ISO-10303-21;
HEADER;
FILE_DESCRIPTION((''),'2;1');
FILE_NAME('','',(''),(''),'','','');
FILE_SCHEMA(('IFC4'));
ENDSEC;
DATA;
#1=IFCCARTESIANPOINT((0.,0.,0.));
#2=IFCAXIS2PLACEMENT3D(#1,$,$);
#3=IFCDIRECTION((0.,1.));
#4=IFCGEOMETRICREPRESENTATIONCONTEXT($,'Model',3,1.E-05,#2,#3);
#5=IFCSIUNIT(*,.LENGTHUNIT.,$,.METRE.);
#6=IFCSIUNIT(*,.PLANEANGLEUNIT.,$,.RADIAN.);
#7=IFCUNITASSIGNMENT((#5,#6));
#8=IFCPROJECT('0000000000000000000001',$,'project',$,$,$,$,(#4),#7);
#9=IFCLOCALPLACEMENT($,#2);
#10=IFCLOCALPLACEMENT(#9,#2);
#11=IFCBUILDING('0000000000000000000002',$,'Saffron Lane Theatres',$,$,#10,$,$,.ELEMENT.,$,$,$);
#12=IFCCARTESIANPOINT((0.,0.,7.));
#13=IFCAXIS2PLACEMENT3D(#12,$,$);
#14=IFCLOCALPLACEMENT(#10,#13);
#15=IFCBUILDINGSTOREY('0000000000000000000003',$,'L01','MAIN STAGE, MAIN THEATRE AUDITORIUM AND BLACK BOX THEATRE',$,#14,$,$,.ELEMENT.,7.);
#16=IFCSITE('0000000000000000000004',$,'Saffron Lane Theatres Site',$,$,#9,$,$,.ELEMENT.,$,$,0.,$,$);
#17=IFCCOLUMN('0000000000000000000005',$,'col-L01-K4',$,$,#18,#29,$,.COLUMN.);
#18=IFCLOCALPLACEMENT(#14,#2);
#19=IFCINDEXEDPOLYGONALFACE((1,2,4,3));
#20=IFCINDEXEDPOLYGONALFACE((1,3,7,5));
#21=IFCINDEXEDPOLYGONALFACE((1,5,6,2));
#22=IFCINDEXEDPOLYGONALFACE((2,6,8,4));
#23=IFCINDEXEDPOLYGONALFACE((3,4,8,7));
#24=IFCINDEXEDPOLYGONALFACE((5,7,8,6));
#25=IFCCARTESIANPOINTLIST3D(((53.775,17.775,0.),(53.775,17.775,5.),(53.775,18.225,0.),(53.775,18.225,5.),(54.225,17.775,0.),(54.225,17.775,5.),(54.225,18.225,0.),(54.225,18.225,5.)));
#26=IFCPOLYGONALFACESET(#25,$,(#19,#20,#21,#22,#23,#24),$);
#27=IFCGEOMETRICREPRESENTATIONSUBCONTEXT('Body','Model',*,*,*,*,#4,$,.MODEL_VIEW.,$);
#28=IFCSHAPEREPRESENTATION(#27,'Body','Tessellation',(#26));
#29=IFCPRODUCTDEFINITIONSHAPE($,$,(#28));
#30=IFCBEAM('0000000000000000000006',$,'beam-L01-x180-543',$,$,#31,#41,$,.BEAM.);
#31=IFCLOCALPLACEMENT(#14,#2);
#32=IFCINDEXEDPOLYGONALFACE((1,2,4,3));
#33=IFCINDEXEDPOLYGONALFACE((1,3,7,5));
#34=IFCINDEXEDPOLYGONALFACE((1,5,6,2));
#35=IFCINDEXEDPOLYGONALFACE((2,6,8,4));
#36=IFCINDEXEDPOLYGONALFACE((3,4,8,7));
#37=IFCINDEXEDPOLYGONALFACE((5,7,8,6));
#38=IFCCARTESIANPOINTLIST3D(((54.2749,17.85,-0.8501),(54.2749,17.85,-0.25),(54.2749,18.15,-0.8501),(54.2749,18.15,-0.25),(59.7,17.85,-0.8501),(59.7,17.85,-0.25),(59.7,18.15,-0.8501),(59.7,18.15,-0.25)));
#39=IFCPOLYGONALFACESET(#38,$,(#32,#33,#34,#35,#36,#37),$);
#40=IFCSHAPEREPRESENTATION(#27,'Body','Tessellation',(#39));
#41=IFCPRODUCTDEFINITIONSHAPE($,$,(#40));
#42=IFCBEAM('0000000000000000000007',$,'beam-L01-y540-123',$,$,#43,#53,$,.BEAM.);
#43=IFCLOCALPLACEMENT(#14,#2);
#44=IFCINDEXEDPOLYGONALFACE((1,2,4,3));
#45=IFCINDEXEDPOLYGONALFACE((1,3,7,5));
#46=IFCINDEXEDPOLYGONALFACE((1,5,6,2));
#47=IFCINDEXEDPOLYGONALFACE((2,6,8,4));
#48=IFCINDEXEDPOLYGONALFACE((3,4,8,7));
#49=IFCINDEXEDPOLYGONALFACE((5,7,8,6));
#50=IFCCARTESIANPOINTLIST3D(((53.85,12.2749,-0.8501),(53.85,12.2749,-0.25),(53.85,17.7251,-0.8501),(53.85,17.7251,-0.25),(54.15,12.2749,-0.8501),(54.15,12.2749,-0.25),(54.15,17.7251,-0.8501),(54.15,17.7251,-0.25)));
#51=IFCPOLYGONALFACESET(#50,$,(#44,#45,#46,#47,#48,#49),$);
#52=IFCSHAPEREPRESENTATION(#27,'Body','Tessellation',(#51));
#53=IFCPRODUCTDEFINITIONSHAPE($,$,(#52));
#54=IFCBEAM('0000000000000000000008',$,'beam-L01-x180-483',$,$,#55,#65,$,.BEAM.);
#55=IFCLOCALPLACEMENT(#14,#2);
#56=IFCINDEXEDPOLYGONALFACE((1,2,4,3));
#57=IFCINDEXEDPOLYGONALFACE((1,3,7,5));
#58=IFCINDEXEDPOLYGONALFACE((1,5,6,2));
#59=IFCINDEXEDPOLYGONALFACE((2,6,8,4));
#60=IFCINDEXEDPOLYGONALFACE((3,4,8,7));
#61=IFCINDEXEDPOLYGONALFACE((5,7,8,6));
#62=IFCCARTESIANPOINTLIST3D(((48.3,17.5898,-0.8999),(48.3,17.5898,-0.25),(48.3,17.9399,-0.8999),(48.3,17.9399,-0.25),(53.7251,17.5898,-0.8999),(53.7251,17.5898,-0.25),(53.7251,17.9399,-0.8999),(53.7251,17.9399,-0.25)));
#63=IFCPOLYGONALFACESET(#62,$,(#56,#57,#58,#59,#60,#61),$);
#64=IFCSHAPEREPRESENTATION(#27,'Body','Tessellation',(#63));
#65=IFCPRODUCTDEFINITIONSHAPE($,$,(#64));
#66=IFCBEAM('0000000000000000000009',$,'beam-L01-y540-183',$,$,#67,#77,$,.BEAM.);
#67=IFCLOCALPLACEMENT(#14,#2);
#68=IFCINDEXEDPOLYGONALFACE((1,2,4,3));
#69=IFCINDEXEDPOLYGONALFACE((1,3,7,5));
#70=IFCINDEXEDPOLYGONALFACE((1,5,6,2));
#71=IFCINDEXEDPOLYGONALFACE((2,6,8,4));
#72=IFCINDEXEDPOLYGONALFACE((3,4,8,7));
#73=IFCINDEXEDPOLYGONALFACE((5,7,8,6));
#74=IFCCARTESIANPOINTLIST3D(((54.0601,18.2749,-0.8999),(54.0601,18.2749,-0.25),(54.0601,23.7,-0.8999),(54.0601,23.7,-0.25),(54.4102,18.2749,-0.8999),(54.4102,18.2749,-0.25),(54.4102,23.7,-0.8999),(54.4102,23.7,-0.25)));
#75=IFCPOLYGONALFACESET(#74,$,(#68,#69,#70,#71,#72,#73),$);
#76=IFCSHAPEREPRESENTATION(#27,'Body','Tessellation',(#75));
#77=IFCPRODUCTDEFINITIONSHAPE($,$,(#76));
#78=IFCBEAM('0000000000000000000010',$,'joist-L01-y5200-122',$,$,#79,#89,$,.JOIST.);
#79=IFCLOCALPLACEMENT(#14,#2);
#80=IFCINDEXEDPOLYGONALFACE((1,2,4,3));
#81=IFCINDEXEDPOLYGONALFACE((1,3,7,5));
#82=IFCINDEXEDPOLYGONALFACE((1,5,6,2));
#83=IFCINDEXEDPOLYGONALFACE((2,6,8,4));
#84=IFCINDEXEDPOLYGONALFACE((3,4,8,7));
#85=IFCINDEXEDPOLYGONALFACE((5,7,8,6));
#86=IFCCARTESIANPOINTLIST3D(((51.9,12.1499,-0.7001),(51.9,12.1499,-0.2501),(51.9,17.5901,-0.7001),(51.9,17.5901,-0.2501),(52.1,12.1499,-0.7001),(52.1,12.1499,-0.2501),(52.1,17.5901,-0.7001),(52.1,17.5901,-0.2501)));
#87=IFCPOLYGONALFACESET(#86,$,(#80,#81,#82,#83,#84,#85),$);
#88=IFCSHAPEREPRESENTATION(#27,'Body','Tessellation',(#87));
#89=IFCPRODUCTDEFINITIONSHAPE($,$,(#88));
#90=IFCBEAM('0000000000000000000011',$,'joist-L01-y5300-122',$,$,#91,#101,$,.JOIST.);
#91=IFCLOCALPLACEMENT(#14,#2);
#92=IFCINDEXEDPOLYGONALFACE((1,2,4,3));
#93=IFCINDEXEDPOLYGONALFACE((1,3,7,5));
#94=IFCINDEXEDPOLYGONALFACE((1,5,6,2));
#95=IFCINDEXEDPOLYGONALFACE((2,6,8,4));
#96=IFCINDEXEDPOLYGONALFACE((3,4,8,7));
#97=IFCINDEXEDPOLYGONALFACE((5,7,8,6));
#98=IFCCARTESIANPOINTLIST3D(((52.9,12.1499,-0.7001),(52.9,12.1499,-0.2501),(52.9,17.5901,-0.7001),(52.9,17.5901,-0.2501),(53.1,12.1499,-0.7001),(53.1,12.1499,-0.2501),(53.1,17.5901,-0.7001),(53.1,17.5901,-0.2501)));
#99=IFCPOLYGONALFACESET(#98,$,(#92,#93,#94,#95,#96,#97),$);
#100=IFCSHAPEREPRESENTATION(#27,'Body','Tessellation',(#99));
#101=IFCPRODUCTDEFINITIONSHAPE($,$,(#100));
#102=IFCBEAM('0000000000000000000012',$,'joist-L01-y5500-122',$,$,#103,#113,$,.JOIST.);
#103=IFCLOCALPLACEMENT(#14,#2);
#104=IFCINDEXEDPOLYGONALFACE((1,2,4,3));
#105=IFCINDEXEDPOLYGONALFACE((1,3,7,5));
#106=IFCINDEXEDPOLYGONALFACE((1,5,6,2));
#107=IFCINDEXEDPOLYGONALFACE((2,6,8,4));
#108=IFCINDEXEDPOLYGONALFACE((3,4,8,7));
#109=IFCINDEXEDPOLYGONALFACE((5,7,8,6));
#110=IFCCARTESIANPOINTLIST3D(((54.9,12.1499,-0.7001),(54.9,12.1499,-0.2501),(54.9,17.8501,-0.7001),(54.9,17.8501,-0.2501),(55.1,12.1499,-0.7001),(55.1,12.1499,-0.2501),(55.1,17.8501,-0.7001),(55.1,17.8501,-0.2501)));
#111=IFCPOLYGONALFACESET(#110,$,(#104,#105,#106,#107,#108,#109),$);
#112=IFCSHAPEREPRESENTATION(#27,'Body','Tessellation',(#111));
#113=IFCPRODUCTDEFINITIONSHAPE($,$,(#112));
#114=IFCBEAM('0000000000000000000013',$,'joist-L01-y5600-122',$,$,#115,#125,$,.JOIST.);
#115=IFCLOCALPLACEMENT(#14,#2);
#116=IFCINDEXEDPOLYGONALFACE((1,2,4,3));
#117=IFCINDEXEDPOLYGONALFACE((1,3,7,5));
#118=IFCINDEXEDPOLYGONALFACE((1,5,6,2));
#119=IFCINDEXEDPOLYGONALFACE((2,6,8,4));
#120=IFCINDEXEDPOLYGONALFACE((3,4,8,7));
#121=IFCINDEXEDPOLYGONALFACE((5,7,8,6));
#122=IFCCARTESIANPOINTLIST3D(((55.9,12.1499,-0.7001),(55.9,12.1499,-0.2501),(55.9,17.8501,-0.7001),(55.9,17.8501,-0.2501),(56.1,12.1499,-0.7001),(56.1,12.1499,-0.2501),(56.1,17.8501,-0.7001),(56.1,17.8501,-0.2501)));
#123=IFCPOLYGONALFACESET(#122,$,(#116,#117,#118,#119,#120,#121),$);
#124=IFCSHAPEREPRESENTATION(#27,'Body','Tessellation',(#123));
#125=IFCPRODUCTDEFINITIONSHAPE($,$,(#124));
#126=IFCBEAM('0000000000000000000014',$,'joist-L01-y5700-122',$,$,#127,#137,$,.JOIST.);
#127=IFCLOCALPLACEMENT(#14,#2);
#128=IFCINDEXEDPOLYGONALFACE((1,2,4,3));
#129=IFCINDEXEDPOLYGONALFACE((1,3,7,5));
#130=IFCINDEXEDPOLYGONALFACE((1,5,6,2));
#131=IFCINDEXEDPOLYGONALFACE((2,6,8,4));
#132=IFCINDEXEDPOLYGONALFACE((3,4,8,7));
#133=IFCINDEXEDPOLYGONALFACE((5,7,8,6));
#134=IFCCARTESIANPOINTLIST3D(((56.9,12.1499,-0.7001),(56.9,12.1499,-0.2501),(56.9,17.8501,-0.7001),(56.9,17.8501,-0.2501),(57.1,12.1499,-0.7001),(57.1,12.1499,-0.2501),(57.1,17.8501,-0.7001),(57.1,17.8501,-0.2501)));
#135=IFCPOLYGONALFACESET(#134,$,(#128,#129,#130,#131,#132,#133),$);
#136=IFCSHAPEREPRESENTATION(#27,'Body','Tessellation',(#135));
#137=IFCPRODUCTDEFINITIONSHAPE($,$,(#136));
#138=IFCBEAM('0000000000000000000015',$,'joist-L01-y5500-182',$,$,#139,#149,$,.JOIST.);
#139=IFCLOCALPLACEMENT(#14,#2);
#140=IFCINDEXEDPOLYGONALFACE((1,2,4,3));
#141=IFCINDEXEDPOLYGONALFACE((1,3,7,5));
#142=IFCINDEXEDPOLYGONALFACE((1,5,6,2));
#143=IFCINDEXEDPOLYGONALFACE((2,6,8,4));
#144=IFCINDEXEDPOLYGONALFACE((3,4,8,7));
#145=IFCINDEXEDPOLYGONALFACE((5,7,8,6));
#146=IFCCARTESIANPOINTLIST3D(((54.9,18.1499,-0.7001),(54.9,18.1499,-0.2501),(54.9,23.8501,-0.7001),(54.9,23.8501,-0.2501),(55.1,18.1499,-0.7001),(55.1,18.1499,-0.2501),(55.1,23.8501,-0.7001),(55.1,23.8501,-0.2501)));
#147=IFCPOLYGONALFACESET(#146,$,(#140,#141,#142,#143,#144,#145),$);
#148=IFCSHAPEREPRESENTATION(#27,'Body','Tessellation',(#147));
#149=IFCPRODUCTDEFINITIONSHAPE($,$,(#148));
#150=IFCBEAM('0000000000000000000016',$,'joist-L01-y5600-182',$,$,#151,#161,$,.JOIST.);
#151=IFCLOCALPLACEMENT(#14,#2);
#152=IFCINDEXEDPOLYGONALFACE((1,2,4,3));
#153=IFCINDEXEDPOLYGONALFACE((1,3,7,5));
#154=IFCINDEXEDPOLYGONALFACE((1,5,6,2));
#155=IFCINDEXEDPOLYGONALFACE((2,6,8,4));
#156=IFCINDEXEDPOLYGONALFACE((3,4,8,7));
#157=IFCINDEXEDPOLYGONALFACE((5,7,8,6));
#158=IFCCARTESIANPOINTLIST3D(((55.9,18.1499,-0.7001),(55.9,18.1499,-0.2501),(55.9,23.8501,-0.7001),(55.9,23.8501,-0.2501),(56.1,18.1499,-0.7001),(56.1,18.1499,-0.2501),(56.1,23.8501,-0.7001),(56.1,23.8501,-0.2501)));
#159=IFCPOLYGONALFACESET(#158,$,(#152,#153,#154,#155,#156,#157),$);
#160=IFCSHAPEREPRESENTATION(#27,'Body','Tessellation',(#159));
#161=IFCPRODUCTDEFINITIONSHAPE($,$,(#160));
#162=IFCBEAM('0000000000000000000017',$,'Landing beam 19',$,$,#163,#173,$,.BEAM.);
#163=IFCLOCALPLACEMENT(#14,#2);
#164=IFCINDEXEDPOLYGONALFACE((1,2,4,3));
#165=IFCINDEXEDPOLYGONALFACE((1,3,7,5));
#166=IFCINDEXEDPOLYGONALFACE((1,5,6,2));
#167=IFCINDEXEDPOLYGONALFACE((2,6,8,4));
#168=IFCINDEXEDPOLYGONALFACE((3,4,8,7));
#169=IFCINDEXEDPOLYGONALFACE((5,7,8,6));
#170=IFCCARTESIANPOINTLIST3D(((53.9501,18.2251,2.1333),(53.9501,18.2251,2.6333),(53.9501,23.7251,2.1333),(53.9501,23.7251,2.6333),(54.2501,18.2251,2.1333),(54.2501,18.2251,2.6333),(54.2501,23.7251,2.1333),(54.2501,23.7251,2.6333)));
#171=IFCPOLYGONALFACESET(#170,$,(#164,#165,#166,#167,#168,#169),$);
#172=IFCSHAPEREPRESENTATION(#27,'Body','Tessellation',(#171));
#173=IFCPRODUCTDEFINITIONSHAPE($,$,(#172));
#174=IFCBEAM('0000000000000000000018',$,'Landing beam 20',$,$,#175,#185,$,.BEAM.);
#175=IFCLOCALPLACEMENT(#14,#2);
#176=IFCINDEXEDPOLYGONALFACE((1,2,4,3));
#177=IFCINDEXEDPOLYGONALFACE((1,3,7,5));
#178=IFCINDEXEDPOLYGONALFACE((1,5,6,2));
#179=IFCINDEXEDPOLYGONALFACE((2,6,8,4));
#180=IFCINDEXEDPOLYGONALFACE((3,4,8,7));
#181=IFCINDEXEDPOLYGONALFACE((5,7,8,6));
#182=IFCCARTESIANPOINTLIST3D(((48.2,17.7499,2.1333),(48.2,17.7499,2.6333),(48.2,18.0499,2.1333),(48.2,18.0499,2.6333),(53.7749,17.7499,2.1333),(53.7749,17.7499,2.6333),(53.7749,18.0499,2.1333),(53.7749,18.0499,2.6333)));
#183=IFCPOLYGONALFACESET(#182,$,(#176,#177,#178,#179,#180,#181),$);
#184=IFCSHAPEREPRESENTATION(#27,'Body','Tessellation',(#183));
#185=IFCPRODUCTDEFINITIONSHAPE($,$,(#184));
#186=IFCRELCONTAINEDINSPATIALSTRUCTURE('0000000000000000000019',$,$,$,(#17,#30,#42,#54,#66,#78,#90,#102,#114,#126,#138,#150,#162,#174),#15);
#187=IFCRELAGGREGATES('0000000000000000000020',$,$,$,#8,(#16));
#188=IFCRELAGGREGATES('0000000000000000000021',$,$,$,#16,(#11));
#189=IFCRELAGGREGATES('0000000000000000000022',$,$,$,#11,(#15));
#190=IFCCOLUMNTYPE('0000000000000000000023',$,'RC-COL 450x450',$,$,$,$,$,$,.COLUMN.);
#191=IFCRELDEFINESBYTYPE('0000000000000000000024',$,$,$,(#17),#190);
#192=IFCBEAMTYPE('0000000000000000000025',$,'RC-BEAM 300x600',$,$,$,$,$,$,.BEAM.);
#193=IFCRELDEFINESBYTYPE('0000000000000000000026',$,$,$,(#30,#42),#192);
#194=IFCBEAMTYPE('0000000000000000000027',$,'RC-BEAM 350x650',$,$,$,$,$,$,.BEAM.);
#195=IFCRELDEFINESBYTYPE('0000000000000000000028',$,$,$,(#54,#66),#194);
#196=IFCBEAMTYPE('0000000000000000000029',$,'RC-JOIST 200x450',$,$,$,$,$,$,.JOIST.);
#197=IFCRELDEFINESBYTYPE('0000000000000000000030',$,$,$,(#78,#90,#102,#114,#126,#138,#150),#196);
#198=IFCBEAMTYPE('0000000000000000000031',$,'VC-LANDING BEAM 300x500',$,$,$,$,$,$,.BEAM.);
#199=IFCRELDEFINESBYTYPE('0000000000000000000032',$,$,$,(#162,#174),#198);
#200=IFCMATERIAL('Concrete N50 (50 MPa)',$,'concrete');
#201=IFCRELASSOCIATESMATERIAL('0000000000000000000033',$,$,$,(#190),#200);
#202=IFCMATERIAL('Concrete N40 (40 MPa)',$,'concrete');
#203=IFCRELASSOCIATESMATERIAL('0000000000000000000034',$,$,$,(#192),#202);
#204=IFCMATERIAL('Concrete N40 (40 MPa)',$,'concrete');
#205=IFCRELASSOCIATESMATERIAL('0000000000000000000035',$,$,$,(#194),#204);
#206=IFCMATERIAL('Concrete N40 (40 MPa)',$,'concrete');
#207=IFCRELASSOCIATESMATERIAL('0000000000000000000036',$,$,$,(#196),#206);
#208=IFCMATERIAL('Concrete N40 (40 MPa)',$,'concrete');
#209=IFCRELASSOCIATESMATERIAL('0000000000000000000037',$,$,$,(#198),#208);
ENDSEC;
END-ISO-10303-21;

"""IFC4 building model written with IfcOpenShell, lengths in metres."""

from ifc_helpers import new_model, si_unit, direction, frame, origin, origin_2d, place, context, subcontext, project, spatial, rectangle, extrude, material, material_profile, profile_set, type_object, element, save


model = new_model("IFC4")

# Units and contexts
model_context = context("Model", 3, precision=1e-05, world=origin(), true_north=direction((0.0, 1.0)))
body_context = subcontext(model_context, "Body", "Model", "MODEL_VIEW")
ifc_project = project(units=[si_unit("LENGTHUNIT", "METRE"), si_unit("PLANEANGLEUNIT", "RADIAN")], contexts=[model_context])

# Site, building, storey
site_placement = place(None, origin())
site = spatial("IfcSite", under=ifc_project, at=site_placement, Name="Saffron Lane Theatres Site", CompositionType="ELEMENT", RefElevation=0.0)
building_placement = place(site_placement, origin())
building = spatial("IfcBuilding", under=site, at=building_placement, Name="Saffron Lane Theatres", CompositionType="ELEMENT")
storey_placement = place(building_placement, frame((0.0, 0.0, 7.0)))
storey = spatial("IfcBuildingStorey", under=building, at=storey_placement, Name="L01", Description="MAIN STAGE, MAIN THEATRE AUDITORIUM AND BLACK BOX THEATRE", CompositionType="ELEMENT", Elevation=7.0)

# Column
ifc_material_1 = material(Name="Concrete N50 (50 MPa)", Category="concrete")
ifc_material_profile_1 = material_profile(ifc_material_1, rectangle(XDim=0.45, YDim=0.45, at=origin_2d()))
ifc_profile_set_1 = profile_set([ifc_material_profile_1], Name="Concrete N50 (50 MPa)")
column_type = type_object("IfcColumnType", Name="RC-COL 450x450", PredefinedType="COLUMN", material=ifc_profile_set_1)
column_placement = place(storey_placement, frame((54.0, 18.0, 0.0), z_axis=(0.0, 0.0, 1.0), x_axis=(1.0, 0.0, 0.0)))
element("IfcColumn", 1, at=column_placement, inside=storey, type_object=column_type, Name="col-L01-K4", PredefinedType="COLUMN", context=body_context, shape_type="SweptSolid", body=[
    extrude(rectangle(XDim=0.45, YDim=0.45, at=origin_2d()), origin(), (0.0, 0.0, 1.0), 5.0),
])

# Beams
ifc_material_2 = material(Name="Concrete N40 (40 MPa)", Category="concrete")
ifc_material_profile_2 = material_profile(ifc_material_2, rectangle(XDim=0.3, YDim=0.6001, at=origin_2d()))
ifc_profile_set_2 = profile_set([ifc_material_profile_2], Name="Concrete N40 (40 MPa)")
beam_type_1 = type_object("IfcBeamType", Name="RC-BEAM 300x600", PredefinedType="BEAM", material=ifc_profile_set_2)
beam_1_placement = place(storey_placement, frame((54.2749, 18.0, -0.55), z_axis=(1.0, 0.0, 0.0), x_axis=(0.0, 1.0, 0.0)))
element("IfcBeam", 2, at=beam_1_placement, inside=storey, type_object=beam_type_1, Name="beam-L01-x180-543", PredefinedType="BEAM", context=body_context, shape_type="SweptSolid", body=[
    extrude(rectangle(XDim=0.3, YDim=0.6001, at=origin_2d()), origin(), (0.0, 0.0, 1.0), 5.425),
])
beam_2_placement = place(storey_placement, frame((54.0, 12.2749, -0.55), z_axis=(0.0, 1.0, 0.0), x_axis=(-1.0, 0.0, 0.0)))
element("IfcBeam", 3, at=beam_2_placement, inside=storey, type_object=beam_type_1, Name="beam-L01-y540-123", PredefinedType="BEAM", context=body_context, shape_type="SweptSolid", body=[
    extrude(rectangle(XDim=0.3, YDim=0.6001, at=origin_2d()), origin(), (0.0, 0.0, 1.0), 5.4502),
])
ifc_material_3 = material(Name="Concrete N40 (40 MPa)", Category="concrete")
ifc_material_profile_3 = material_profile(ifc_material_3, rectangle(XDim=0.3501, YDim=0.6499, at=origin_2d()))
ifc_profile_set_3 = profile_set([ifc_material_profile_3], Name="Concrete N40 (40 MPa)")
beam_type_2 = type_object("IfcBeamType", Name="RC-BEAM 350x650", PredefinedType="BEAM", material=ifc_profile_set_3)
for number, where, z_axis, x_axis, name in (
    (4, (48.3, 17.7649, -0.575), (1.0, 0.0, 0.0), (0.0, 1.0, 0.0), "beam-L01-x180-483"),
    (5, (54.2351, 18.2749, -0.575), (0.0, 1.0, 0.0), (-1.0, 0.0, 0.0), "beam-L01-y540-183"),
):
    element("IfcBeam", number, at=place(storey_placement, frame(where, z_axis=z_axis, x_axis=x_axis)), inside=storey, type_object=beam_type_2, Name=name, PredefinedType="BEAM", context=body_context, shape_type="SweptSolid", body=[
        extrude(rectangle(XDim=0.3501, YDim=0.6499, at=origin_2d()), origin(), (0.0, 0.0, 1.0), 5.425),
    ])
ifc_material_4 = material(Name="Concrete N40 (40 MPa)", Category="concrete")
ifc_material_profile_4 = material_profile(ifc_material_4, rectangle(XDim=0.2, YDim=0.45, at=origin_2d()))
ifc_profile_set_4 = profile_set([ifc_material_profile_4], Name="Concrete N40 (40 MPa)")
beam_type_3 = type_object("IfcBeamType", Name="RC-JOIST 200x450", PredefinedType="JOIST", material=ifc_profile_set_4)
for number, where, z_axis, x_axis, name in (
    (6, (52.0, 12.1499, -0.4751), (0.0, 1.0, 0.0), (-1.0, 0.0, 0.0), "joist-L01-y5200-122"),
    (7, (53.0, 12.1499, -0.4751), (0.0, 1.0, 0.0), (-1.0, 0.0, 0.0), "joist-L01-y5300-122"),
):
    element("IfcBeam", number, at=place(storey_placement, frame(where, z_axis=z_axis, x_axis=x_axis)), inside=storey, type_object=beam_type_3, Name=name, PredefinedType="JOIST", context=body_context, shape_type="SweptSolid", body=[
        extrude(rectangle(XDim=0.2, YDim=0.45, at=origin_2d()), origin(), (0.0, 0.0, 1.0), 5.4402),
    ])
for number, where, z_axis, x_axis, name in (
    (8, (55.0, 12.1499, -0.4751), (0.0, 1.0, 0.0), (-1.0, 0.0, 0.0), "joist-L01-y5500-122"),
    (9, (56.0, 12.1499, -0.4751), (0.0, 1.0, 0.0), (-1.0, 0.0, 0.0), "joist-L01-y5600-122"),
    (10, (57.0, 12.1499, -0.4751), (0.0, 1.0, 0.0), (-1.0, 0.0, 0.0), "joist-L01-y5700-122"),
    (11, (55.0, 18.1499, -0.4751), (0.0, 1.0, 0.0), (-1.0, 0.0, 0.0), "joist-L01-y5500-182"),
    (12, (56.0, 18.1499, -0.4751), (0.0, 1.0, 0.0), (-1.0, 0.0, 0.0), "joist-L01-y5600-182"),
):
    element("IfcBeam", number, at=place(storey_placement, frame(where, z_axis=z_axis, x_axis=x_axis)), inside=storey, type_object=beam_type_3, Name=name, PredefinedType="JOIST", context=body_context, shape_type="SweptSolid", body=[
        extrude(rectangle(XDim=0.2, YDim=0.45, at=origin_2d()), origin(), (0.0, 0.0, 1.0), 5.7002),
    ])
ifc_material_5 = material(Name="Concrete N40 (40 MPa)", Category="concrete")
ifc_material_profile_5 = material_profile(ifc_material_5, rectangle(XDim=0.3, YDim=0.5, at=origin_2d()))
ifc_profile_set_5 = profile_set([ifc_material_profile_5], Name="Concrete N40 (40 MPa)")
beam_type_4 = type_object("IfcBeamType", Name="VC-LANDING BEAM 300x500", PredefinedType="BEAM", material=ifc_profile_set_5)
beam_3_placement = place(storey_placement, frame((54.1001, 18.2251, 2.3833), z_axis=(0.0, 1.0, 0.0), x_axis=(-1.0, 0.0, 0.0)))
element("IfcBeam", 13, at=beam_3_placement, inside=storey, type_object=beam_type_4, Name="Landing beam 19", PredefinedType="BEAM", context=body_context, shape_type="SweptSolid", body=[
    extrude(rectangle(XDim=0.3, YDim=0.5, at=origin_2d()), origin(), (0.0, 0.0, 1.0), 5.5),
])
beam_4_placement = place(storey_placement, frame((48.2, 17.8999, 2.3833), z_axis=(1.0, 0.0, 0.0), x_axis=(0.0, 1.0, 0.0)))
element("IfcBeam", 14, at=beam_4_placement, inside=storey, type_object=beam_type_4, Name="Landing beam 20", PredefinedType="BEAM", context=body_context, shape_type="SweptSolid", body=[
    extrude(rectangle(XDim=0.3, YDim=0.5, at=origin_2d()), origin(), (0.0, 0.0, 1.0), 5.575),
])

save(model, "model.ifc")
